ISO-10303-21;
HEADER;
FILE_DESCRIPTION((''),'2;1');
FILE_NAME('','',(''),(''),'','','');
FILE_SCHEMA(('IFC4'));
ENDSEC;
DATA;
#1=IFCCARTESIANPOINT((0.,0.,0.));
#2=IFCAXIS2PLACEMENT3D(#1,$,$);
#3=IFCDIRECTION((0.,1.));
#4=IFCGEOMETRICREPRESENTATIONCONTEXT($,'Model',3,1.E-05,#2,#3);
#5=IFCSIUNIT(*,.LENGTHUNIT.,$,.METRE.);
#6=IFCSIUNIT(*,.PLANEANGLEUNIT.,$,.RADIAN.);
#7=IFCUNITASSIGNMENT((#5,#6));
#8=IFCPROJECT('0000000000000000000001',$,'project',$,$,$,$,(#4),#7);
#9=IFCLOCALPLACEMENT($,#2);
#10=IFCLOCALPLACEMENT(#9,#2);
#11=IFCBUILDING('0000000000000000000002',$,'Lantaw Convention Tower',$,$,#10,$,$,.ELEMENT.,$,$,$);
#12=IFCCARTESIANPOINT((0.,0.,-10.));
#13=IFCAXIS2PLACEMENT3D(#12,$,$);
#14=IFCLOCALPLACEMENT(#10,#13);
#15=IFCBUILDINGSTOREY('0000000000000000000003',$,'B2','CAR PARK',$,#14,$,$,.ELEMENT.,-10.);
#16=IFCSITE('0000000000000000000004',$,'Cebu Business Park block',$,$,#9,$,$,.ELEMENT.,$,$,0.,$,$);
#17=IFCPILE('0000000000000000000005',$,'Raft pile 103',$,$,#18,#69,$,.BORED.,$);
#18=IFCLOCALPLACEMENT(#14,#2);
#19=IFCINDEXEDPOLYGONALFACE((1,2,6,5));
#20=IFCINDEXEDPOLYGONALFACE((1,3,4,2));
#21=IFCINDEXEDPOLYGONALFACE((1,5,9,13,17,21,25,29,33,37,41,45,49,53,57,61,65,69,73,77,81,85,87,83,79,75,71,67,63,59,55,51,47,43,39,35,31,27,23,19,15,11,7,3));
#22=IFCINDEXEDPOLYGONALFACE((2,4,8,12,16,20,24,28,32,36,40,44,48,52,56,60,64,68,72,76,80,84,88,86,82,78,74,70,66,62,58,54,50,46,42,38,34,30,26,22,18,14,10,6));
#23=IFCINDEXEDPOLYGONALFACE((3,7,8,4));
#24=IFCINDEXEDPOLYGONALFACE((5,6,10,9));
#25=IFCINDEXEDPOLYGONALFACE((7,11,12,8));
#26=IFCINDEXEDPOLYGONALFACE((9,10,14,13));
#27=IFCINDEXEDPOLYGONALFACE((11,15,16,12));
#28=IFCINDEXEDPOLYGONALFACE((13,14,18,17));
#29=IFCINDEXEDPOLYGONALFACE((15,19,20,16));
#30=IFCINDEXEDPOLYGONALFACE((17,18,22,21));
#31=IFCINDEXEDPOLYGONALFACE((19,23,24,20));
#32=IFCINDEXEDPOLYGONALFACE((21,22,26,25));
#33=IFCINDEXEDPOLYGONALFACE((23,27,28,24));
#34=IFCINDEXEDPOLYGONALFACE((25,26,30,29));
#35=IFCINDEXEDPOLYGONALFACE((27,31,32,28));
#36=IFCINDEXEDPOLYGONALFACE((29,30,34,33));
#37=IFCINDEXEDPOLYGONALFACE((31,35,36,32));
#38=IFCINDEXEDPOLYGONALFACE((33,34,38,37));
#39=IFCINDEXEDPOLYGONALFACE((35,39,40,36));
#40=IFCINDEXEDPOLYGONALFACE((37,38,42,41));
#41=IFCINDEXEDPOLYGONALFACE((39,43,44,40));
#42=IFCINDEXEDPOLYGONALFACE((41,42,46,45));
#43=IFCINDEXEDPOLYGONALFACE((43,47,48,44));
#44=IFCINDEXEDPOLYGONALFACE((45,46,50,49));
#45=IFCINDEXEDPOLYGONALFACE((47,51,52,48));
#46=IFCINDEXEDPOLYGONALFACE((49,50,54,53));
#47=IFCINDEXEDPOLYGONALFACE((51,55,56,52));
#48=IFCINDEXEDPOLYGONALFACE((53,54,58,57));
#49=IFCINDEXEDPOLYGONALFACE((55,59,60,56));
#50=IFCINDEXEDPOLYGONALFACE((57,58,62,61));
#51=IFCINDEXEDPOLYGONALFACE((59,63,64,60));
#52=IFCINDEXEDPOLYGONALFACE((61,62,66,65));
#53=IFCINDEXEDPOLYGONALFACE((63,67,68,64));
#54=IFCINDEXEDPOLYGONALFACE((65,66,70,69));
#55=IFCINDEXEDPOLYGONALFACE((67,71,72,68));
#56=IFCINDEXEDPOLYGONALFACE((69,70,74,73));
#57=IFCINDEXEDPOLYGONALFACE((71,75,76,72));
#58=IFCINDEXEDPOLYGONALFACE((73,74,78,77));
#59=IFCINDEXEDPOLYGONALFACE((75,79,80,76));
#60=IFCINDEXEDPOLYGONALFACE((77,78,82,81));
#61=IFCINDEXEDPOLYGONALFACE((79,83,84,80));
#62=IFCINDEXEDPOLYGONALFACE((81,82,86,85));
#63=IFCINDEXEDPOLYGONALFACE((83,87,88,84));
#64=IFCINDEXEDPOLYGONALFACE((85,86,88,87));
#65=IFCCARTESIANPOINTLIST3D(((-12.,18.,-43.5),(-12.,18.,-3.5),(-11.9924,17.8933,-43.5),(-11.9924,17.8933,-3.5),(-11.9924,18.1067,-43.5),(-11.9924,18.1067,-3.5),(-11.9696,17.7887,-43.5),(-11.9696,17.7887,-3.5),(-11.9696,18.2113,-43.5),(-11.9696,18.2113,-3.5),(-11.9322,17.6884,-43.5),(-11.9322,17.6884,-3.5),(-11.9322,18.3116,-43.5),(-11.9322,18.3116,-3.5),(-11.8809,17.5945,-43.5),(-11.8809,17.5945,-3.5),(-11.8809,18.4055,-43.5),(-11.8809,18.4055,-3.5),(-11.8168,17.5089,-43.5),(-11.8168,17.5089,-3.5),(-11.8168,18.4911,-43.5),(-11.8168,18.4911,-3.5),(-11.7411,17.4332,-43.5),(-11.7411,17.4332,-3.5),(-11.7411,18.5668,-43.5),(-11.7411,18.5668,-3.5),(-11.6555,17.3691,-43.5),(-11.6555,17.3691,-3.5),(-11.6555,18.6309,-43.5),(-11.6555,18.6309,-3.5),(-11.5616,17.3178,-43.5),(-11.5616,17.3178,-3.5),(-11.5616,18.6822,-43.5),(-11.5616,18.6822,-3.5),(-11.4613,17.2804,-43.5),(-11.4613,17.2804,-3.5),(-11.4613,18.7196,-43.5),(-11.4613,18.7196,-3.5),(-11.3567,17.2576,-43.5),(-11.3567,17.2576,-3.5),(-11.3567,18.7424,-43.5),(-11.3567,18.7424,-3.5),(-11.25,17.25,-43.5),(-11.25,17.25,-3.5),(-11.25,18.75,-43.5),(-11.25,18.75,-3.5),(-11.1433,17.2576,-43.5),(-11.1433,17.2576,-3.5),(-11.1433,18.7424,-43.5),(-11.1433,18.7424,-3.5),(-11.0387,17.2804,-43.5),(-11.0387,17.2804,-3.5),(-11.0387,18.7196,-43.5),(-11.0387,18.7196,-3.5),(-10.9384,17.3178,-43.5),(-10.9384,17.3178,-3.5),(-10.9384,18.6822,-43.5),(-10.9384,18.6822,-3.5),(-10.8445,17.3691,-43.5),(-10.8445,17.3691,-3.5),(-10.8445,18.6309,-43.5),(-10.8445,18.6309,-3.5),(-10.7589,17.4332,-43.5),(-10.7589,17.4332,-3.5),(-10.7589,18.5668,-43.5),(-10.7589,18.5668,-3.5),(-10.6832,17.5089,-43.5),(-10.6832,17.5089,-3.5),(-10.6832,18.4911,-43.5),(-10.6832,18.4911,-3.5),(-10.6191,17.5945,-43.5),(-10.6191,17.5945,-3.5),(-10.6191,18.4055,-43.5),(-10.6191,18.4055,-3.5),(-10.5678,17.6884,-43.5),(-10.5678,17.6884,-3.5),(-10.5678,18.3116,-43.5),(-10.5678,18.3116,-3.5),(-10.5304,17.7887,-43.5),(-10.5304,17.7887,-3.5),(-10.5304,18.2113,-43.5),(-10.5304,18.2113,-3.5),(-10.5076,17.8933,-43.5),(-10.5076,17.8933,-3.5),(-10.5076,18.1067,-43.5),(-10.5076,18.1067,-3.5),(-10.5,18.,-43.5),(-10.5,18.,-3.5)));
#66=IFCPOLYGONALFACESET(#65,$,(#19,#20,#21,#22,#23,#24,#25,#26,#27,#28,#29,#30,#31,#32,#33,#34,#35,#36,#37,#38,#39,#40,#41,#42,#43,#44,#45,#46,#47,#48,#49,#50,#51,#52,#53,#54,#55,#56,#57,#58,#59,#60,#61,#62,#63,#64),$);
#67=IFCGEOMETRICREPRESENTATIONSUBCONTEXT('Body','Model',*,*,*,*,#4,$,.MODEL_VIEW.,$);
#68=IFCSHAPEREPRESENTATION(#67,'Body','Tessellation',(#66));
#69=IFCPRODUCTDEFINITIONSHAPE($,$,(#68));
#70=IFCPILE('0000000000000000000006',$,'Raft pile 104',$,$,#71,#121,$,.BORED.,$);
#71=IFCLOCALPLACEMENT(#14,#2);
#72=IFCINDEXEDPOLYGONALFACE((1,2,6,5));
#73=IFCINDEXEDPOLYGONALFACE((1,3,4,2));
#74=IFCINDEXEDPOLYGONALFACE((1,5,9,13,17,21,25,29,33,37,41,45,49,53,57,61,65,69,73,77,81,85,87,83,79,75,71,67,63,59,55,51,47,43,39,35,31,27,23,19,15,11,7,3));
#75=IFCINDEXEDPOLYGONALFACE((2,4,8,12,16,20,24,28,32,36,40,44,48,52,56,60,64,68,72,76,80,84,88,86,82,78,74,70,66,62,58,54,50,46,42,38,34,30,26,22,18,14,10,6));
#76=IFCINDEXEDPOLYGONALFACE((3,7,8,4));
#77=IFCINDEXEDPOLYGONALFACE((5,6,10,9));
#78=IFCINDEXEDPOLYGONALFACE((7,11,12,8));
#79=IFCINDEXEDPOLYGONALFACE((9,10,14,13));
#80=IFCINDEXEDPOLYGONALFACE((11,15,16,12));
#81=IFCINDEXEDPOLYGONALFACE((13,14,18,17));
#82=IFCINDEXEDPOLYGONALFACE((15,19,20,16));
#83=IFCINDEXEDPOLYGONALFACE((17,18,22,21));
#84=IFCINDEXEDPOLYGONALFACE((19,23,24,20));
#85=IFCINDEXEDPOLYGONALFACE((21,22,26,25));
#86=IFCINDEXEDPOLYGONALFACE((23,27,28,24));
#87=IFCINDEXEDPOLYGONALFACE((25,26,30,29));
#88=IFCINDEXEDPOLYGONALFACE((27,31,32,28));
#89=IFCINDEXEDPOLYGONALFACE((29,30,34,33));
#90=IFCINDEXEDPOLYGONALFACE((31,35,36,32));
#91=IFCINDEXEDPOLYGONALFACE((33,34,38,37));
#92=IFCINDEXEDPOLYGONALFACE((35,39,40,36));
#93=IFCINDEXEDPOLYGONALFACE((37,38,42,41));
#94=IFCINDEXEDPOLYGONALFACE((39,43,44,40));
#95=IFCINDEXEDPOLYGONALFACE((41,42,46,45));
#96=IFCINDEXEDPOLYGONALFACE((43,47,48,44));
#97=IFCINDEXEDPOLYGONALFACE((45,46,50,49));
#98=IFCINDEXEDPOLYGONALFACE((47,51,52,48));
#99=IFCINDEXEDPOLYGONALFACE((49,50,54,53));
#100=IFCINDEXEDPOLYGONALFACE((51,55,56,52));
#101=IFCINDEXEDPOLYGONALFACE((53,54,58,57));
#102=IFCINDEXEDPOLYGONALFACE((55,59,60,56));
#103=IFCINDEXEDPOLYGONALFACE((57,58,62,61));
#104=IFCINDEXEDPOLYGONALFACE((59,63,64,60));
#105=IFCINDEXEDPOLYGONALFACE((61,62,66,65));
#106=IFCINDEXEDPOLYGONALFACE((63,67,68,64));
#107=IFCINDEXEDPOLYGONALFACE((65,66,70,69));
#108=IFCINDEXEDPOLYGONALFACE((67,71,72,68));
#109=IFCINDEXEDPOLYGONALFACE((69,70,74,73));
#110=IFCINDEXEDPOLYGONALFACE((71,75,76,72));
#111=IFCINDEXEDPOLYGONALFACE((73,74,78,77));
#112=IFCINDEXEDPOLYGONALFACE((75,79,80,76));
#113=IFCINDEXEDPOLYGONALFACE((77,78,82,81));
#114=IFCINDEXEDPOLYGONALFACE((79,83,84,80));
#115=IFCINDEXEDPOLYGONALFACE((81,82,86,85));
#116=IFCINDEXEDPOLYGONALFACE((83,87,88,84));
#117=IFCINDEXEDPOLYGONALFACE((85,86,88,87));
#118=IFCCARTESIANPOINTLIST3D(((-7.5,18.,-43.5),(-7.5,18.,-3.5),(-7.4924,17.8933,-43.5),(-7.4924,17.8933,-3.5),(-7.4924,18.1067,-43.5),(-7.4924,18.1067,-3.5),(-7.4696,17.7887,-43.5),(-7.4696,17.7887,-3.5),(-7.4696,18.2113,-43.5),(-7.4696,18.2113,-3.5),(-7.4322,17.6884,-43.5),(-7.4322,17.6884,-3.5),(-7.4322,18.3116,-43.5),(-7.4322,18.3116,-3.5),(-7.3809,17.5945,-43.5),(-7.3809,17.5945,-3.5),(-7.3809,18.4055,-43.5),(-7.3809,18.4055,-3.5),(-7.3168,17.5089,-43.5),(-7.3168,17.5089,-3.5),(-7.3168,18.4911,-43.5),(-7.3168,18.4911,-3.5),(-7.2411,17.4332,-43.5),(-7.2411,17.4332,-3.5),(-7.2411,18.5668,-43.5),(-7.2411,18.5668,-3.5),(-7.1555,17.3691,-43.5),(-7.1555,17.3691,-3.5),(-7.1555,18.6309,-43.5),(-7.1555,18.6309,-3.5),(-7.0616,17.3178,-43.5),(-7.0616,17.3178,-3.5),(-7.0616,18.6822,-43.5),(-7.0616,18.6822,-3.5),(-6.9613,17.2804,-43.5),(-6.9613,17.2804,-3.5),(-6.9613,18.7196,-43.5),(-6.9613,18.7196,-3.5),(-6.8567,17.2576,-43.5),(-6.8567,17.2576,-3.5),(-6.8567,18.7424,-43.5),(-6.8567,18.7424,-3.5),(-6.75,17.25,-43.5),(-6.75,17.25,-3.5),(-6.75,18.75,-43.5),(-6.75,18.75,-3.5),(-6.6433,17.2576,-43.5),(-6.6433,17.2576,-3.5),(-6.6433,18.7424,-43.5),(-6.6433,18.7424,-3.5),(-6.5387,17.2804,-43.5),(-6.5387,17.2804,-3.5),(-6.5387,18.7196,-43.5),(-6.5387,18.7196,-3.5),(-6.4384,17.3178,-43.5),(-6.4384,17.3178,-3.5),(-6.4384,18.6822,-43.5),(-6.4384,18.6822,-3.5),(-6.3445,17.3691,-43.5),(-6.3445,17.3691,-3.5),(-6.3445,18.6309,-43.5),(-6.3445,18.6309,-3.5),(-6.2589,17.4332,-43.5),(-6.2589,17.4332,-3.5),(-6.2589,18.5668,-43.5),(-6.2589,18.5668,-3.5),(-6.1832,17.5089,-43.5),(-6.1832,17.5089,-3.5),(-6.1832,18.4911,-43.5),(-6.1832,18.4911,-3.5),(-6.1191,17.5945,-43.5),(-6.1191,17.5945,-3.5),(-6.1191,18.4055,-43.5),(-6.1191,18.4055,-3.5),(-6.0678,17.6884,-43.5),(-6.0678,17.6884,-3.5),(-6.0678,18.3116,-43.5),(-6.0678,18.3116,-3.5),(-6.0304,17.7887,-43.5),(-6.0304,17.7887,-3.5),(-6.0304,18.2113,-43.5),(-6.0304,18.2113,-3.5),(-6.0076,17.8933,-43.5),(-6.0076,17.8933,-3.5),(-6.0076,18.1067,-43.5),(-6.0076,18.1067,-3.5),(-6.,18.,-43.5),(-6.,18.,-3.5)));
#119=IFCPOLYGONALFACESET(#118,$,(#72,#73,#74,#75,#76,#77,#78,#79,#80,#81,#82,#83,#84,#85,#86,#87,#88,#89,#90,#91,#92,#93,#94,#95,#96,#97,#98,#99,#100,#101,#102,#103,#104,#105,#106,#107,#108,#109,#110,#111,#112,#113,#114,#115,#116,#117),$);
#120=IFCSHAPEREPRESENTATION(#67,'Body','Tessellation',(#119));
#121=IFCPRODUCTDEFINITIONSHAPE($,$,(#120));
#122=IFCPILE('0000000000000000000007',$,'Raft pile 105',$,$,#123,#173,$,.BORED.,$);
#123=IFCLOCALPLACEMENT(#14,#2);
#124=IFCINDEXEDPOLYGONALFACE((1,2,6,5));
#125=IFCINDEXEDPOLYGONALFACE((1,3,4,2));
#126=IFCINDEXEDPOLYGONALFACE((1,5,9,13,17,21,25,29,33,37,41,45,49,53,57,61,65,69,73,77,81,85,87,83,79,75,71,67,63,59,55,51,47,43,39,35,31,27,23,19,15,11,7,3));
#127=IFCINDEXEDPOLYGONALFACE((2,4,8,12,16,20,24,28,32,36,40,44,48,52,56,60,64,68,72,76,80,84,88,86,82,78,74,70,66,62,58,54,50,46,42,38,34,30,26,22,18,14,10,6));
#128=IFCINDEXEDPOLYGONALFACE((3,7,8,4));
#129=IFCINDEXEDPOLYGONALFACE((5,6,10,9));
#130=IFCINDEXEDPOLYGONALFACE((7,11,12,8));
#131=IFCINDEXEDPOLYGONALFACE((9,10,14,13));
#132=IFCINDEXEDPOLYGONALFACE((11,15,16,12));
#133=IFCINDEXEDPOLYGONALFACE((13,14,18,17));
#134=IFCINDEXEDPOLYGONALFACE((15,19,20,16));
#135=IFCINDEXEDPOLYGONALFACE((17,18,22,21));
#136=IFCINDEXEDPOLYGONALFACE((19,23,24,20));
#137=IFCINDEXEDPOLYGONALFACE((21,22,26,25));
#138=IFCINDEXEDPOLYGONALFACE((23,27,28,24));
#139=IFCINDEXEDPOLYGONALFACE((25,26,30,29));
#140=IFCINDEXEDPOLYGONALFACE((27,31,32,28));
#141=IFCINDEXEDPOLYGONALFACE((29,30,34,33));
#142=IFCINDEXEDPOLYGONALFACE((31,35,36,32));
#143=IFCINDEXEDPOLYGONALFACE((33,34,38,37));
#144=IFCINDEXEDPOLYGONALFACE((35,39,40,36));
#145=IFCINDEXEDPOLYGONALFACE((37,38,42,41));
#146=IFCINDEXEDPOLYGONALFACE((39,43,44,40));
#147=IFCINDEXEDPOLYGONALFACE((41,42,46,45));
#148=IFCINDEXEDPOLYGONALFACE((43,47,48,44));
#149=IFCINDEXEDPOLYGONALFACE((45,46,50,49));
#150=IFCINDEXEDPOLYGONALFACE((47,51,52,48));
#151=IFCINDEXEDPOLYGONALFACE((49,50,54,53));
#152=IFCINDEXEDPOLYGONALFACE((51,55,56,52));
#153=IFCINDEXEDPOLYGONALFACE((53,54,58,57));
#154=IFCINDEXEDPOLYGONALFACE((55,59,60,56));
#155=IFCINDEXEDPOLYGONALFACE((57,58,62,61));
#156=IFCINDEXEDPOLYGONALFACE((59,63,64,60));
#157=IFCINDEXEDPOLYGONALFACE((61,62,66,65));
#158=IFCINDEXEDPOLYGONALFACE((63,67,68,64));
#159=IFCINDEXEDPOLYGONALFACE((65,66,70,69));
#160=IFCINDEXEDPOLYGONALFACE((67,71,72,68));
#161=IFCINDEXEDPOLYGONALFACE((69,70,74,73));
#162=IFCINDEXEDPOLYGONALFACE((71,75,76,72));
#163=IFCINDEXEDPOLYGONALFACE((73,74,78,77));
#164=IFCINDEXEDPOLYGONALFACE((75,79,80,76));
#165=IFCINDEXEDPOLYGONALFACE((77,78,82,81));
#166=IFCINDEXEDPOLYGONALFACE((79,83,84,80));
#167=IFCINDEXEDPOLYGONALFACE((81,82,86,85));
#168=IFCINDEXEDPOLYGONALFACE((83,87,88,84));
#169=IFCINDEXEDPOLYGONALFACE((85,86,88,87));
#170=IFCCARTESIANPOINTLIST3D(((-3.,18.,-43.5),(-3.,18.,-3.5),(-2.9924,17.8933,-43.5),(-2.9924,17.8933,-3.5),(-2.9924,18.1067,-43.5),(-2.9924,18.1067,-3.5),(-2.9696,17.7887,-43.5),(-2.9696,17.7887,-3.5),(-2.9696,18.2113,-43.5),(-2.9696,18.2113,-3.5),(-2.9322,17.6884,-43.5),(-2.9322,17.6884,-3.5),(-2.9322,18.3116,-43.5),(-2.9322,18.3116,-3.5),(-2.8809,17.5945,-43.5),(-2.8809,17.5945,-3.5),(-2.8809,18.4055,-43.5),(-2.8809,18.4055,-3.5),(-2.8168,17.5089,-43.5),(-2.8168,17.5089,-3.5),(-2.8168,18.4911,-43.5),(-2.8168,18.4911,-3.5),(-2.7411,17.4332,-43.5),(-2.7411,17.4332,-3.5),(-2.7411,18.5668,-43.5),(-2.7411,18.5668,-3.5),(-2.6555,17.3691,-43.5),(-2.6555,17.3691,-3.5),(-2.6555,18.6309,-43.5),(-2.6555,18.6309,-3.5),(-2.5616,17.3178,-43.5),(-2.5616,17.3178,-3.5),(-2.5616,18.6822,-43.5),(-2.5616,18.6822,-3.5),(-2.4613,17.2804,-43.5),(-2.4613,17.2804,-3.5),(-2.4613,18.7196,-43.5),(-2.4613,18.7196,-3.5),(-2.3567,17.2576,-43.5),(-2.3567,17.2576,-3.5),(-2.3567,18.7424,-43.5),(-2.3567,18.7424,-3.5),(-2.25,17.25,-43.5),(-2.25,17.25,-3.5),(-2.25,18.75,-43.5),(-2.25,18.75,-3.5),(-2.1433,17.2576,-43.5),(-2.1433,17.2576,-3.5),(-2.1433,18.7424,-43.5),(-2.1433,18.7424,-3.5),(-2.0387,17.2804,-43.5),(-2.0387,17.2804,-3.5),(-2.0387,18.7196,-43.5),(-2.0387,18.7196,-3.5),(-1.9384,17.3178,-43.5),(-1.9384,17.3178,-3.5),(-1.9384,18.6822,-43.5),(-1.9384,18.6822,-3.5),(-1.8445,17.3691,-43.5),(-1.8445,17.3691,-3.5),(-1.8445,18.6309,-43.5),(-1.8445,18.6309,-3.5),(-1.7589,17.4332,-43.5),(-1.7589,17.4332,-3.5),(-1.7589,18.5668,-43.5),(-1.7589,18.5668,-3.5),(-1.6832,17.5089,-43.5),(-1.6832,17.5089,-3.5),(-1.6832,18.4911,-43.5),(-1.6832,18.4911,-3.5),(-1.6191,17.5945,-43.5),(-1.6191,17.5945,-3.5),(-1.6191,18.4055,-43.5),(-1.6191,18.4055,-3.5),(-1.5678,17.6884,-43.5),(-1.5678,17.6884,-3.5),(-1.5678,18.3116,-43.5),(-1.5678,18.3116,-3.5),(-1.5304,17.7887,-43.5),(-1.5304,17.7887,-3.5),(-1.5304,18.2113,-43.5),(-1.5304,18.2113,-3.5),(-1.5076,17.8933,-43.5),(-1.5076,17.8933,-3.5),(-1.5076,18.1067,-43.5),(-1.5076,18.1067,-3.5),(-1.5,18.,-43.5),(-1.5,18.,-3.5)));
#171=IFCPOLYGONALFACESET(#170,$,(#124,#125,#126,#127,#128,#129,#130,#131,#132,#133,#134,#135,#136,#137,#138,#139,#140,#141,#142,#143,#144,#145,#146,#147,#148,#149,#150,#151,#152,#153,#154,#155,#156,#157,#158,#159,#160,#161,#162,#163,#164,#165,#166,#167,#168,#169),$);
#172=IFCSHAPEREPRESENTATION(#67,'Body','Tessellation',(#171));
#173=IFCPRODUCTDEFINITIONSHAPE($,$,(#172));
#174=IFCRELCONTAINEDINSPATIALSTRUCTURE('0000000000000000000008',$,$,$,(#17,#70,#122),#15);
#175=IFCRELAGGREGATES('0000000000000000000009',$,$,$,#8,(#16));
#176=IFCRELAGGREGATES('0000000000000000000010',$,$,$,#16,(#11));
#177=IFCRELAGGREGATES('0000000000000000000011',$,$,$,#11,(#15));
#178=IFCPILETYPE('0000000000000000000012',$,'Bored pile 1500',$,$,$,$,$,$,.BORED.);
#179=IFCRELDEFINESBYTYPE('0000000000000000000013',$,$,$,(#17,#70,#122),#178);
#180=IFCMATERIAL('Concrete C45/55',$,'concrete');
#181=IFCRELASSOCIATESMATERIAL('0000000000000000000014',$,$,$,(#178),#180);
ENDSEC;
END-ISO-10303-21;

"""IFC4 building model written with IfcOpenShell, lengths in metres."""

from ifc_helpers import new_model, si_unit, direction, frame, origin, origin_2d, place, context, subcontext, project, spatial, circle, extrude, material, material_profile, profile_set, type_object, element, save


model = new_model("IFC4")

# Units and contexts
model_context = context("Model", 3, precision=1e-05, world=origin(), true_north=direction((0.0, 1.0)))
body_context = subcontext(model_context, "Body", "Model", "MODEL_VIEW")
ifc_project = project(units=[si_unit("LENGTHUNIT", "METRE"), si_unit("PLANEANGLEUNIT", "RADIAN")], contexts=[model_context])

# Site, building, storey
site_placement = place(None, origin())
site = spatial("IfcSite", under=ifc_project, at=site_placement, Name="Cebu Business Park block", CompositionType="ELEMENT", RefElevation=0.0)
building_placement = place(site_placement, origin())
building = spatial("IfcBuilding", under=site, at=building_placement, Name="Lantaw Convention Tower", CompositionType="ELEMENT")
storey_placement = place(building_placement, frame((0.0, 0.0, -10.0)))
storey = spatial("IfcBuildingStorey", under=building, at=storey_placement, Name="B2", Description="CAR PARK", CompositionType="ELEMENT", Elevation=-10.0)

# Piles
ifc_material_1 = material(Name="Concrete C45/55", Category="concrete")
ifc_material_profile_1 = material_profile(ifc_material_1, circle(Radius=0.75, at=origin_2d()), Name="Bored pile 1500")
ifc_profile_set_1 = profile_set([ifc_material_profile_1], Name="Concrete C45/55")
pile_type_1 = type_object("IfcPileType", Name="Bored pile 1500", PredefinedType="BORED", material=ifc_profile_set_1)
for number, where, z_axis, x_axis, name in (
    (1, (-11.25, 18.0, -3.5), (0.0, 0.0, -1.0), (1.0, 0.0, 0.0), "Raft pile 103"),
    (2, (-6.75, 18.0, -3.5), (0.0, 0.0, -1.0), (1.0, 0.0, 0.0), "Raft pile 104"),
    (3, (-2.25, 18.0, -3.5), (0.0, 0.0, -1.0), (1.0, 0.0, 0.0), "Raft pile 105"),
):
    element("IfcPile", number, at=place(storey_placement, frame(where, z_axis=z_axis, x_axis=x_axis)), inside=storey, type_object=pile_type_1, Name=name, PredefinedType="BORED", context=body_context, shape_type="SweptSolid", body=[
        extrude(circle(Radius=0.75, at=origin_2d()), origin(), (0.0, 0.0, 1.0), 40.0),
    ])

save(model, "model.ifc")
